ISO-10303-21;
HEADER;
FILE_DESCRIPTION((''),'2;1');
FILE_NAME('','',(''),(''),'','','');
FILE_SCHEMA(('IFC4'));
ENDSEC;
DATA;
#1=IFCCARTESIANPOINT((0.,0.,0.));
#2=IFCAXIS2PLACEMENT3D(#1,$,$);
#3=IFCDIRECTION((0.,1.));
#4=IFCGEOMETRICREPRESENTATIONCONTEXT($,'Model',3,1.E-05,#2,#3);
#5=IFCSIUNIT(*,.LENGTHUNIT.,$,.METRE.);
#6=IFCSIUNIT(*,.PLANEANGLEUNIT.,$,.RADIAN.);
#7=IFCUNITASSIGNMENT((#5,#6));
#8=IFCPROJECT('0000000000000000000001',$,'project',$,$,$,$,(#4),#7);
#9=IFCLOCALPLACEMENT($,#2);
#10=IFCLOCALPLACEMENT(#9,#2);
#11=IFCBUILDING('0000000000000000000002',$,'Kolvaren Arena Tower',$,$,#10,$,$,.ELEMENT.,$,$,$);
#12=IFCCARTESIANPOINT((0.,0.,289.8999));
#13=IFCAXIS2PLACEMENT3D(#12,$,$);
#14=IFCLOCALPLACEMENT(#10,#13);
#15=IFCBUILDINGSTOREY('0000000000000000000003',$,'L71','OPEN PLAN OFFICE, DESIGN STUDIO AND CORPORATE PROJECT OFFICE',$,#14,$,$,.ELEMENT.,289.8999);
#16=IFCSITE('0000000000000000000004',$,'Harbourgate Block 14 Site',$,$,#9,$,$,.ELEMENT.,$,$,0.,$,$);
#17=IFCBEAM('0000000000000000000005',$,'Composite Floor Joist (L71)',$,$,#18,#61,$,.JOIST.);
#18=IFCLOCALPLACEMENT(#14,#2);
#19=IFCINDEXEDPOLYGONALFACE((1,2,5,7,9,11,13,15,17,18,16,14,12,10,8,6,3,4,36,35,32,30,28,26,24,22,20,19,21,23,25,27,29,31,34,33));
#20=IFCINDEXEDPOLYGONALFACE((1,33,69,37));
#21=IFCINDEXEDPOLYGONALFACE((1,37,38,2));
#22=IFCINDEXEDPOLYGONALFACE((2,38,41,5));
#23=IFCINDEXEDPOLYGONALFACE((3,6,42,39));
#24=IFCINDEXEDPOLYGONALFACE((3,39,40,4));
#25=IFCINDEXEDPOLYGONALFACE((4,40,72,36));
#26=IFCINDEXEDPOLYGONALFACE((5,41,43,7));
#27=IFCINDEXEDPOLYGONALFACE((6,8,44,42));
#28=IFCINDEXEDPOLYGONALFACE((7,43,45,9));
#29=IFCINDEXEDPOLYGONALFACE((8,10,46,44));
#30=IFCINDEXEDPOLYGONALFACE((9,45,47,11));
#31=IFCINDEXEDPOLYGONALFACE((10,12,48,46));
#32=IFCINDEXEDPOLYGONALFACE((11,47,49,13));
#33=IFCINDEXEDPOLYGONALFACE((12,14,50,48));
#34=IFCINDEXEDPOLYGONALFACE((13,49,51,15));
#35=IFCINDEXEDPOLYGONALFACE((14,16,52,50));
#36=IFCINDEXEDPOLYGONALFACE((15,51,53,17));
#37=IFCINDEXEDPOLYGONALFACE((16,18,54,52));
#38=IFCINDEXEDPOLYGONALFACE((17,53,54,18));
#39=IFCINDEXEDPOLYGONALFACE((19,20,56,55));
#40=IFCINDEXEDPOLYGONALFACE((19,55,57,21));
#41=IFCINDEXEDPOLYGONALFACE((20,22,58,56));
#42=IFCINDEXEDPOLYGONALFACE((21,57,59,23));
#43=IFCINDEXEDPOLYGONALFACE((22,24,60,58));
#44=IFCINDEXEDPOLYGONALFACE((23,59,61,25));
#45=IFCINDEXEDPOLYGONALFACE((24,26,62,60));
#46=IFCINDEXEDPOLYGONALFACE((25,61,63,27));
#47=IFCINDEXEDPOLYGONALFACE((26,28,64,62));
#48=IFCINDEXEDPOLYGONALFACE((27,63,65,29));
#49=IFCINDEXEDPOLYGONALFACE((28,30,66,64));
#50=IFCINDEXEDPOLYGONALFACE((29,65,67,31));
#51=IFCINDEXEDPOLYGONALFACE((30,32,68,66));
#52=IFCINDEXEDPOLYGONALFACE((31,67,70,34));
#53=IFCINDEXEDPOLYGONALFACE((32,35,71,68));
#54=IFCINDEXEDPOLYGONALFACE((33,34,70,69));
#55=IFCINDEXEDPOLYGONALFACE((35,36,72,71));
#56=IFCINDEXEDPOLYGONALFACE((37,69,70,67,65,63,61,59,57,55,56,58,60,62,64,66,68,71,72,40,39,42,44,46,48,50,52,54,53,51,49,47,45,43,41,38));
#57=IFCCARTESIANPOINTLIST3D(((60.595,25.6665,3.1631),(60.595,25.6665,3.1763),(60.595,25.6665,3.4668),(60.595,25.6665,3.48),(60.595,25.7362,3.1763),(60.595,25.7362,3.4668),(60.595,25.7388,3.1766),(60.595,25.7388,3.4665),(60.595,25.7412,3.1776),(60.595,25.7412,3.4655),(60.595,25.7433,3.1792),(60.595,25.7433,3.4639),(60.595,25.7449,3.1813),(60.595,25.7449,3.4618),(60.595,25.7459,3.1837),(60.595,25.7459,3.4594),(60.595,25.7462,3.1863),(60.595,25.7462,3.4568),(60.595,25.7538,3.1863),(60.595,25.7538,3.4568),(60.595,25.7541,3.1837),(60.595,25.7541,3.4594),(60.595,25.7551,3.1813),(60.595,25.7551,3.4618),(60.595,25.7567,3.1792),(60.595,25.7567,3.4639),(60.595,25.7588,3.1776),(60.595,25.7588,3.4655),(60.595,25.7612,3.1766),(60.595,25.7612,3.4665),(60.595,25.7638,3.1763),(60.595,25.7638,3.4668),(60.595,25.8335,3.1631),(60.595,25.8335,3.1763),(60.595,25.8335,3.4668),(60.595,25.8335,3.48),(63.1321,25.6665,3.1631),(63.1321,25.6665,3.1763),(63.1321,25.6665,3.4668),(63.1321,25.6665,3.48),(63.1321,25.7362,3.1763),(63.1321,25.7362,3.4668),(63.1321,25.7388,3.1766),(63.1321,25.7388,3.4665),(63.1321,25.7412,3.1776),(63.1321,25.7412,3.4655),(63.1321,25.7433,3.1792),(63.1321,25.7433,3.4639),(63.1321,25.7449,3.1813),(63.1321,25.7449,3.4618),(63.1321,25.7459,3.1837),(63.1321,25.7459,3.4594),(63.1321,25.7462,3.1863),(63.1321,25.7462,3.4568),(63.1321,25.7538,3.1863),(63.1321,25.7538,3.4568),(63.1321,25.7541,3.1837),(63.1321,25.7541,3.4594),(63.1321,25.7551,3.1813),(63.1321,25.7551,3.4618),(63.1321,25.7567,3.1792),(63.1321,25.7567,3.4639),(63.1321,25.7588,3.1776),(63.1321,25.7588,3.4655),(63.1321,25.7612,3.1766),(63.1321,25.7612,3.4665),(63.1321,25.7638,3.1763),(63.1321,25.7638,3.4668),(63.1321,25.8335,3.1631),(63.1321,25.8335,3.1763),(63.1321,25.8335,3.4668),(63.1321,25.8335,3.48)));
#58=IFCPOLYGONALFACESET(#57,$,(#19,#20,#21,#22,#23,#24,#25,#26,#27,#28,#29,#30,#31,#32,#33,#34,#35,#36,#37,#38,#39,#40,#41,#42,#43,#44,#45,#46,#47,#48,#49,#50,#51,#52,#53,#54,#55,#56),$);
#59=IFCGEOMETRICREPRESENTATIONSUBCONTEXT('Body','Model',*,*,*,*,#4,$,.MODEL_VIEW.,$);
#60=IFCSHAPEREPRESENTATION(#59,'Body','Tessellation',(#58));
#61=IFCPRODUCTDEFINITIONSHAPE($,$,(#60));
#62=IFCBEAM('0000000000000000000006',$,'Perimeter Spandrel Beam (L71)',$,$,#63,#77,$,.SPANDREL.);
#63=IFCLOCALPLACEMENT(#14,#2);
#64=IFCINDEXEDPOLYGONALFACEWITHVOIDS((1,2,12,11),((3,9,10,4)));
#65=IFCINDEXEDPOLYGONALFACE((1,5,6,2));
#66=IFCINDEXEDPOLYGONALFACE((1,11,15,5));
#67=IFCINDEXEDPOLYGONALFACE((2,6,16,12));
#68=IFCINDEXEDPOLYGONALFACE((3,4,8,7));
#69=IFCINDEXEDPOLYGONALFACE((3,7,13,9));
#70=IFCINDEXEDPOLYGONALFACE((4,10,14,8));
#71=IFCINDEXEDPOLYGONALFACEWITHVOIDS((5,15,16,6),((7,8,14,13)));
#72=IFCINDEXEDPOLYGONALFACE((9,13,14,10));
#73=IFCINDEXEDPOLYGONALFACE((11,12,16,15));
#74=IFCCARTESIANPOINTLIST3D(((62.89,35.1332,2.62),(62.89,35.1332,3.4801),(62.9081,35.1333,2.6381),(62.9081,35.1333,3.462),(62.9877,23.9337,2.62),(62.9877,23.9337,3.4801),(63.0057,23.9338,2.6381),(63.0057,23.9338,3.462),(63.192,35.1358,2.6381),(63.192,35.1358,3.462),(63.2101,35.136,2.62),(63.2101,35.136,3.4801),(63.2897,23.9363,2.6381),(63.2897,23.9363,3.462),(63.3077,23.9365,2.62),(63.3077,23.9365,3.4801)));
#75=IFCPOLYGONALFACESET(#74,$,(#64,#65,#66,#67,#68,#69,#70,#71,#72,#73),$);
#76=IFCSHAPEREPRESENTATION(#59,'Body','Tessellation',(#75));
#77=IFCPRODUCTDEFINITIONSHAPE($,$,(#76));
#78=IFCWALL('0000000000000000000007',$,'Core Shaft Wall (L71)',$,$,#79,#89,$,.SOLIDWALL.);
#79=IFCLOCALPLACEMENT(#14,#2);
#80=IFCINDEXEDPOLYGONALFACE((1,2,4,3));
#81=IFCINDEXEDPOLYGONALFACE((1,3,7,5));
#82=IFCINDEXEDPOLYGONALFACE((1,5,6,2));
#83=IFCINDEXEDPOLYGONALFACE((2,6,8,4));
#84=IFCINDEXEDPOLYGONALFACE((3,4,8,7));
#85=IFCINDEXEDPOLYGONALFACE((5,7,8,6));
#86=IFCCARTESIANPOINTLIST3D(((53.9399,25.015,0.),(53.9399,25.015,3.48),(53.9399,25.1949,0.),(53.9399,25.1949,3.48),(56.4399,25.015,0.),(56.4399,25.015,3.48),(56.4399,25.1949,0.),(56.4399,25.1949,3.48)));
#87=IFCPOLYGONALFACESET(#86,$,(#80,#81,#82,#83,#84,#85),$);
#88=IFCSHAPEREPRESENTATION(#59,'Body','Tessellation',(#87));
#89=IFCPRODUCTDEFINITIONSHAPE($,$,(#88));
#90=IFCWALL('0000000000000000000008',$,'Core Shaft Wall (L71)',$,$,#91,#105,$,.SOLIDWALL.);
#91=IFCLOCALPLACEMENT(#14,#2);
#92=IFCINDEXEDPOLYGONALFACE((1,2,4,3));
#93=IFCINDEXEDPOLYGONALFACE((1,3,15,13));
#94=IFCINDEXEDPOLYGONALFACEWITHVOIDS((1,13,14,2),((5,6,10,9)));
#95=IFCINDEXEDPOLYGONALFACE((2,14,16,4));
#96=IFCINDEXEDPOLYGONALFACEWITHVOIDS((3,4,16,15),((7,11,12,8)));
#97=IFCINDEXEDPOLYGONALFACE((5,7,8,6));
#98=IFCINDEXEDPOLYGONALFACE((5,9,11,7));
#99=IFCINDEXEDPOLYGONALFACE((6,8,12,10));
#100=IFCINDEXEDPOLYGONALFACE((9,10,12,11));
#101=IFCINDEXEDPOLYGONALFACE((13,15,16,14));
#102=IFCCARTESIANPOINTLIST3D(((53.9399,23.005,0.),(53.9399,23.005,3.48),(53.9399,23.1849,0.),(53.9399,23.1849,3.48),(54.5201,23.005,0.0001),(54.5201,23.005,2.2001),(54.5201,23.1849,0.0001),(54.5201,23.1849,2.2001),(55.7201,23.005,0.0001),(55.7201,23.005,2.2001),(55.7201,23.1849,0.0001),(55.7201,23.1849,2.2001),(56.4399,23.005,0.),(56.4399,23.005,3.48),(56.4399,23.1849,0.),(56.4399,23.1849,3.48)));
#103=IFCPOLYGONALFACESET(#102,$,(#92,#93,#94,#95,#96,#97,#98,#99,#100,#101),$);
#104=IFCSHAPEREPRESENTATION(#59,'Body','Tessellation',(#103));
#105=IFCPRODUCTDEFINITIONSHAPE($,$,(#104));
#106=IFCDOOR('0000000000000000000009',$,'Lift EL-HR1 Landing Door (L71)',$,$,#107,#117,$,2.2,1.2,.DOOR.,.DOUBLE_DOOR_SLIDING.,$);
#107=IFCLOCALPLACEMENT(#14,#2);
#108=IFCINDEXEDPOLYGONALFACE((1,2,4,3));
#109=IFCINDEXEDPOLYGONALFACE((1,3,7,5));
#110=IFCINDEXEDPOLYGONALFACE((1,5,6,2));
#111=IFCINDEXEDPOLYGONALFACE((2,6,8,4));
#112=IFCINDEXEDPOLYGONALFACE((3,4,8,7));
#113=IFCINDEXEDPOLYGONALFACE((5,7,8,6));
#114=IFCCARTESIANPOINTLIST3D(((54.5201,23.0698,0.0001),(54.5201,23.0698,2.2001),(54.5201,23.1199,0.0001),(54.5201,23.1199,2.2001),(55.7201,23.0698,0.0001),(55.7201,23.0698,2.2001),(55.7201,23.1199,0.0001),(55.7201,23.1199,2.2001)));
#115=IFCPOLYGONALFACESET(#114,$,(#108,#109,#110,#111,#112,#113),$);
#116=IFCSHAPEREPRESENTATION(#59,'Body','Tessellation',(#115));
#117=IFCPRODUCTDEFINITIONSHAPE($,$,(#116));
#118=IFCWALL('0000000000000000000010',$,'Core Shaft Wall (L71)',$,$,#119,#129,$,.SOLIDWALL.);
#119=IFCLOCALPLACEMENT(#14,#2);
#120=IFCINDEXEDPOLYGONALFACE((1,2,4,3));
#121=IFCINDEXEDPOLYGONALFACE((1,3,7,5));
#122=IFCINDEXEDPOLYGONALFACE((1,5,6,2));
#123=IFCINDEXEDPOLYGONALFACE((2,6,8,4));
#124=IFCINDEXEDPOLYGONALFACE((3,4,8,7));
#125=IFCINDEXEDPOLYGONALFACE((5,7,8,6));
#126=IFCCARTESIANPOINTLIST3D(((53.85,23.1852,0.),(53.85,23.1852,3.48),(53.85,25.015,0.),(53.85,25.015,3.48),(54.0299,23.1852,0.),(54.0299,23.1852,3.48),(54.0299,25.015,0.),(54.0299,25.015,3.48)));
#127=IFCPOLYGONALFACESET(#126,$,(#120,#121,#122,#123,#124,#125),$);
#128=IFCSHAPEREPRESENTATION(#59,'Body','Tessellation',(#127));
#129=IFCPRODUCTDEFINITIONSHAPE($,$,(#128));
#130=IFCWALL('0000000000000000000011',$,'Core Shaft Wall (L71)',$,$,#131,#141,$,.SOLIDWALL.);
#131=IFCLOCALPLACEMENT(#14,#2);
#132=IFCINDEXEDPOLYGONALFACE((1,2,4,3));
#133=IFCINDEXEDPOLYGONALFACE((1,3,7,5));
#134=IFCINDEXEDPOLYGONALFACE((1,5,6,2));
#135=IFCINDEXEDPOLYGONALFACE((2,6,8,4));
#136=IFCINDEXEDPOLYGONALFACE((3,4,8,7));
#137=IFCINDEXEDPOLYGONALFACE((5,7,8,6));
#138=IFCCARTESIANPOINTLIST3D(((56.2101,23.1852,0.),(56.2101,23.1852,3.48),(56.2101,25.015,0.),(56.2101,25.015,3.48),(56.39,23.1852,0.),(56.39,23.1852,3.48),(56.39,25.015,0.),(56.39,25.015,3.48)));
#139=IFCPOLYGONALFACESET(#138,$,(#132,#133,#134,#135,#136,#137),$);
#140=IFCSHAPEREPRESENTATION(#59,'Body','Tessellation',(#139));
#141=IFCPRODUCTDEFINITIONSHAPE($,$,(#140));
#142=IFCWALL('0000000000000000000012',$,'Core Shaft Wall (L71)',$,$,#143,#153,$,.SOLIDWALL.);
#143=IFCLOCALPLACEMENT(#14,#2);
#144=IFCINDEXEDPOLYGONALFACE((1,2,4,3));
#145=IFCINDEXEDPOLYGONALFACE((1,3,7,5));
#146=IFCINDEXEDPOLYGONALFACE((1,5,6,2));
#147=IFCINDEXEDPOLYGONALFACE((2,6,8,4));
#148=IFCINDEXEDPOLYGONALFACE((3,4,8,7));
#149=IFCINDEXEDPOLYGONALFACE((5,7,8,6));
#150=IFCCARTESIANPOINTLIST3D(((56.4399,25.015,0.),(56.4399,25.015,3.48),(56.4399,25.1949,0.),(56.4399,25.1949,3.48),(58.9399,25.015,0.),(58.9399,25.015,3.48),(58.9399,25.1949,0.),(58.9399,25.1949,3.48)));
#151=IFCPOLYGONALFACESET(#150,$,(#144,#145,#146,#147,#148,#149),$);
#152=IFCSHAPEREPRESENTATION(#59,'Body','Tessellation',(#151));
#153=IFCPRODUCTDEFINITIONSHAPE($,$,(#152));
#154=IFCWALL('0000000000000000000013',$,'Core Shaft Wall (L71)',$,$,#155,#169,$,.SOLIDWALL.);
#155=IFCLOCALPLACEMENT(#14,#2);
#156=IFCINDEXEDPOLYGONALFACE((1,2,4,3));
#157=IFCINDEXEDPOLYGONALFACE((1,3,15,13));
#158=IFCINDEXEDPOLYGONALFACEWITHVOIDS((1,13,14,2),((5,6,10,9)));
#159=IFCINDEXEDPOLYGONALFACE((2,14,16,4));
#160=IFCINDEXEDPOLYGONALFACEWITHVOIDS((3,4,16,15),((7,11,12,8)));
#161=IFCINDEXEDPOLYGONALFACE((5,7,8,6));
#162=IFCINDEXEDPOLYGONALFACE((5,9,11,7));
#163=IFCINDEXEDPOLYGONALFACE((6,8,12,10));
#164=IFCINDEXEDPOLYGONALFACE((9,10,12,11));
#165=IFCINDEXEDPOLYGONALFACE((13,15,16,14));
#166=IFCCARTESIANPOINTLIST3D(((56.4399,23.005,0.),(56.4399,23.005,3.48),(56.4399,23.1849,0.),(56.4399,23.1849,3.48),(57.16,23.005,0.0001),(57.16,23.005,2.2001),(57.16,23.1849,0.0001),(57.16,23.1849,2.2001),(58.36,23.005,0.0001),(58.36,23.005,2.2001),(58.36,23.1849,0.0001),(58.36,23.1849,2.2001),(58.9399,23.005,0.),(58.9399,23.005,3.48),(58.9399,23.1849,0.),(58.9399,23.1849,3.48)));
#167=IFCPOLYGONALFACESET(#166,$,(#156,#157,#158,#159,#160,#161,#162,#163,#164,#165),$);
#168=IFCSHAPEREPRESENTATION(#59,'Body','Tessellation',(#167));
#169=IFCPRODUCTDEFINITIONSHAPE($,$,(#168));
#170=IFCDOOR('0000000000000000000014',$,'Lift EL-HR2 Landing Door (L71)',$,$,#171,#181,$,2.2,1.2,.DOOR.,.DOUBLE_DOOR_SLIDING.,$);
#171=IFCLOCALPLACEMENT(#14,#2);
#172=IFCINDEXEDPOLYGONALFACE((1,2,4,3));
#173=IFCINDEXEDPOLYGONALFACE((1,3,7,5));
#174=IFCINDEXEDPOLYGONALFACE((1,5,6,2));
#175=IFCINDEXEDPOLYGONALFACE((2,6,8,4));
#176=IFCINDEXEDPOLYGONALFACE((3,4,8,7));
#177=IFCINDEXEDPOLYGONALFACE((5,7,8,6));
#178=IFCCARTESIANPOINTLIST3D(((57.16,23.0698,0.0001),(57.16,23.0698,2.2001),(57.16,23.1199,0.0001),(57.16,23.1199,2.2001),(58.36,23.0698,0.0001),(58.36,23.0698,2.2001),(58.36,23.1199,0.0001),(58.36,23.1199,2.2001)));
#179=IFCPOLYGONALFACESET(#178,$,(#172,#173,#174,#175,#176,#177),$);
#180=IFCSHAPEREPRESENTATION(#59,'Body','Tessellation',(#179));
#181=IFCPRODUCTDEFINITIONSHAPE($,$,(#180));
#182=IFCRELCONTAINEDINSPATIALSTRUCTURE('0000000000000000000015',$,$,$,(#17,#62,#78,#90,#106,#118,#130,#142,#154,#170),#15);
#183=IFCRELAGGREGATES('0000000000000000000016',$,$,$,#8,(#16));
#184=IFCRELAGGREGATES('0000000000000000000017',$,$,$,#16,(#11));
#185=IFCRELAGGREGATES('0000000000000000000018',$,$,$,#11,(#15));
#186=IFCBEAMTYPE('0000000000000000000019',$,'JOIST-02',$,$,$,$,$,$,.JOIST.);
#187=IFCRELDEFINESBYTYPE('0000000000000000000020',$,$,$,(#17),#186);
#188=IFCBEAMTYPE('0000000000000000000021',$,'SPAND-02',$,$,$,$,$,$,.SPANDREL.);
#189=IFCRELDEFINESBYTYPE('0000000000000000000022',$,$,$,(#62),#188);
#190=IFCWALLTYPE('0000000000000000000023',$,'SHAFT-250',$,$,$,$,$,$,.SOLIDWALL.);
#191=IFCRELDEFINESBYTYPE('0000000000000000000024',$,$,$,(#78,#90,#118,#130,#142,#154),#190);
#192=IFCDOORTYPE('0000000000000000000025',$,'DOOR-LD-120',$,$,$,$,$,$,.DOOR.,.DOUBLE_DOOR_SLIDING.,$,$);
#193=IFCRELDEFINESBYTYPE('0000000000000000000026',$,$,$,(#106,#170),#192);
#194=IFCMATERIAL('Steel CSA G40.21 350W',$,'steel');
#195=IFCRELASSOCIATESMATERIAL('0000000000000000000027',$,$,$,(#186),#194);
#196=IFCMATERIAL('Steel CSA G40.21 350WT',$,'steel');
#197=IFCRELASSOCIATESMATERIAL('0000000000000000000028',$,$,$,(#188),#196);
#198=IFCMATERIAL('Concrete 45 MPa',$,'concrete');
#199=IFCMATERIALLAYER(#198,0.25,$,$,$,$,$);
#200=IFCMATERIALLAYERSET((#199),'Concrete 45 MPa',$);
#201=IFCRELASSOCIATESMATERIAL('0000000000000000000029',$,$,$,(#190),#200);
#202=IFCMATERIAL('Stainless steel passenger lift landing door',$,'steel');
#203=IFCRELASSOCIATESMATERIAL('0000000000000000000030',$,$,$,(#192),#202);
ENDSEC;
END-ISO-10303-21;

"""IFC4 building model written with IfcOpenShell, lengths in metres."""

from ifc_helpers import new_model, si_unit, direction, frame, frame_2d, origin, origin_2d, place, context, subcontext, project, spatial, rectangle, hollow_rectangle, i_section, extrude, material, layer, layer_set, material_profile, profile_set, type_object, element, fill, save


model = new_model("IFC4")

# Units and contexts
model_context = context("Model", 3, precision=1e-05, world=origin(), true_north=direction((0.0, 1.0)))
body_context = subcontext(model_context, "Body", "Model", "MODEL_VIEW")
ifc_project = project(units=[si_unit("LENGTHUNIT", "METRE"), si_unit("PLANEANGLEUNIT", "RADIAN")], contexts=[model_context])

# Site, building, storey
site_placement = place(None, origin())
site = spatial("IfcSite", under=ifc_project, at=site_placement, Name="Harbourgate Block 14 Site", CompositionType="ELEMENT", RefElevation=0.0)
building_placement = place(site_placement, origin())
building = spatial("IfcBuilding", under=site, at=building_placement, Name="Kolvaren Arena Tower", CompositionType="ELEMENT")
storey_placement = place(building_placement, frame((0.0, 0.0, 289.8999)))
storey = spatial("IfcBuildingStorey", under=building, at=storey_placement, Name="L71", Description="OPEN PLAN OFFICE, DESIGN STUDIO AND CORPORATE PROJECT OFFICE", CompositionType="ELEMENT", Elevation=289.8999)

# Beams
ifc_material_1 = material(Name="Steel CSA G40.21 350W", Category="steel")
ifc_material_profile_1 = material_profile(ifc_material_1, i_section(OverallWidth=0.167, OverallDepth=0.3169, WebThickness=0.0076, FlangeThickness=0.0132, FilletRadius=0.01, at=origin_2d()), Name="W310x52")
ifc_profile_set_1 = profile_set([ifc_material_profile_1], Name="Steel CSA G40.21 350W")
beam_type_1 = type_object("IfcBeamType", Name="JOIST-02", PredefinedType="JOIST", material=ifc_profile_set_1)
beam_1_placement = place(storey_placement, frame((60.595, 25.75, 3.3215), z_axis=(1.0, 0.0, 0.0), x_axis=(0.0, 1.0, 0.0)))
element("IfcBeam", 1, at=beam_1_placement, inside=storey, type_object=beam_type_1, Name="Composite Floor Joist (L71)", PredefinedType="JOIST", context=body_context, shape_type="SweptSolid", body=[
    extrude(i_section(OverallWidth=0.167, OverallDepth=0.3169, WebThickness=0.0076, FlangeThickness=0.0132, FilletRadius=0.01, at=origin_2d()), origin(), (0.0, 0.0, 1.0), 2.5371),
])
ifc_material_2 = material(Name="Steel CSA G40.21 350WT", Category="steel")
ifc_material_profile_2 = material_profile(ifc_material_2, hollow_rectangle(XDim=0.3201, YDim=0.8601, WallThickness=0.0181, at=origin_2d()), Name="HSS 860x320x18")
ifc_profile_set_2 = profile_set([ifc_material_profile_2], Name="Steel CSA G40.21 350WT")
beam_type_2 = type_object("IfcBeamType", Name="SPAND-02", PredefinedType="SPANDREL", material=ifc_profile_set_2)
beam_2_placement = place(storey_placement, frame((63.1477, 23.9351, 3.05), z_axis=(-0.008719, 0.999962, 0.0), x_axis=(-0.999962, -0.008719, 0.0)))
element("IfcBeam", 2, at=beam_2_placement, inside=storey, type_object=beam_type_2, Name="Perimeter Spandrel Beam (L71)", PredefinedType="SPANDREL", context=body_context, shape_type="SweptSolid", body=[
    extrude(hollow_rectangle(XDim=0.3201, YDim=0.8601, WallThickness=0.0181, at=origin_2d()), origin(), (0.0, 0.0, 1.0), 11.2),
])

# Wall
ifc_material_3 = material(Name="Concrete 45 MPa", Category="concrete")
ifc_layer = layer(ifc_material_3, 0.25)
ifc_layer_set = layer_set([ifc_layer], Name="Concrete 45 MPa")
wall_type = type_object("IfcWallType", Name="SHAFT-250", PredefinedType="SOLIDWALL", material=ifc_layer_set)
wall_1_placement = place(storey_placement, frame((53.9399, 25.105, 0.0), z_axis=(0.0, 0.0, 1.0), x_axis=(1.0, 0.0, 0.0)))
element("IfcWall", 3, at=wall_1_placement, inside=storey, type_object=wall_type, Name="Core Shaft Wall (L71)", PredefinedType="SOLIDWALL", context=body_context, shape_type="SweptSolid", body=[
    extrude(rectangle(XDim=2.5, YDim=0.1799, at=frame_2d((1.25, 0.0))), origin(), (0.0, 0.0, 1.0), 3.48),
])

# Wall, opening, door
wall_2_placement = place(storey_placement, frame((53.9399, 23.095, 0.0), z_axis=(0.0, 0.0, 1.0), x_axis=(1.0, 0.0, 0.0)))
wall_2 = element("IfcWall", 4, at=wall_2_placement, inside=storey, type_object=wall_type, Name="Core Shaft Wall (L71)", PredefinedType="SOLIDWALL", context=body_context, shape_type="SweptSolid", body=[
    extrude(rectangle(XDim=2.5, YDim=0.1799, at=frame_2d((1.25, 0.0))), origin(), (0.0, 0.0, 1.0), 3.48),
])
opening_1_placement = place(wall_2_placement, frame((0.5801, 0.0, 0.0)))
opening_1 = element("IfcOpeningElement", 5, at=opening_1_placement, cuts=wall_2, PredefinedType="OPENING", context=body_context, shape_type="SweptSolid", body=[
    extrude(rectangle(XDim=1.2, YDim=2.2, at=frame_2d((0.6001, 1.1001))), frame((0.0, 0.0999, 0.0), z_axis=(0.0, -1.0, 0.0), x_axis=(1.0, 0.0, 0.0)), (0.0, 0.0, 1.0), 0.2),
])
ifc_material_4 = material(Name="Stainless steel passenger lift landing door", Category="steel")
door_type = type_object("IfcDoorType", Name="DOOR-LD-120", OperationType="DOUBLE_DOOR_SLIDING", PredefinedType="DOOR", material=ifc_material_4)
door_1_placement = place(opening_1_placement, origin())
door_1 = element("IfcDoor", 6, at=door_1_placement, inside=storey, type_object=door_type, Name="Lift EL-HR1 Landing Door (L71)", OperationType="DOUBLE_DOOR_SLIDING", OverallHeight=2.2, OverallWidth=1.2, PredefinedType="DOOR", context=body_context, shape_type="SweptSolid", body=[
    extrude(rectangle(XDim=1.2, YDim=2.2, at=frame_2d((0.6001, 1.1001))), frame((0.0, 0.0249, 0.0), z_axis=(0.0, -1.0, 0.0), x_axis=(1.0, 0.0, 0.0)), (0.0, 0.0, 1.0), 0.05),
])
fill(opening_1, door_1)

# Walls
for number, where, z_axis, x_axis, name in (
    (7, (53.9399, 23.1851, 0.0), (0.0, 0.0, 1.0), (0.0, 1.0, 0.0), "Core Shaft Wall (L71)"),
    (8, (56.3, 23.1851, 0.0), (0.0, 0.0, 1.0), (0.0, 1.0, 0.0), "Core Shaft Wall (L71)"),
):
    element("IfcWall", number, at=place(storey_placement, frame(where, z_axis=z_axis, x_axis=x_axis)), inside=storey, type_object=wall_type, Name=name, PredefinedType="SOLIDWALL", context=body_context, shape_type="SweptSolid", body=[
        extrude(rectangle(XDim=1.8298, YDim=0.1799, at=frame_2d((0.915, 0.0))), origin(), (0.0, 0.0, 1.0), 3.48),
    ])
wall_3_placement = place(storey_placement, frame((56.4399, 25.105, 0.0), z_axis=(0.0, 0.0, 1.0), x_axis=(1.0, 0.0, 0.0)))
element("IfcWall", 9, at=wall_3_placement, inside=storey, type_object=wall_type, Name="Core Shaft Wall (L71)", PredefinedType="SOLIDWALL", context=body_context, shape_type="SweptSolid", body=[
    extrude(rectangle(XDim=2.5, YDim=0.1799, at=frame_2d((1.25, 0.0))), origin(), (0.0, 0.0, 1.0), 3.48),
])

# Wall, opening, door
wall_4_placement = place(storey_placement, frame((56.4399, 23.095, 0.0), z_axis=(0.0, 0.0, 1.0), x_axis=(1.0, 0.0, 0.0)))
wall_4 = element("IfcWall", 10, at=wall_4_placement, inside=storey, type_object=wall_type, Name="Core Shaft Wall (L71)", PredefinedType="SOLIDWALL", context=body_context, shape_type="SweptSolid", body=[
    extrude(rectangle(XDim=2.5, YDim=0.1799, at=frame_2d((1.25, 0.0))), origin(), (0.0, 0.0, 1.0), 3.48),
])
opening_2_placement = place(wall_4_placement, frame((0.72, 0.0, 0.0)))
opening_2 = element("IfcOpeningElement", 11, at=opening_2_placement, cuts=wall_4, PredefinedType="OPENING", context=body_context, shape_type="SweptSolid", body=[
    extrude(rectangle(XDim=1.2, YDim=2.2, at=frame_2d((0.6001, 1.1001))), frame((0.0, 0.0999, 0.0), z_axis=(0.0, -1.0, 0.0), x_axis=(1.0, 0.0, 0.0)), (0.0, 0.0, 1.0), 0.2),
])
door_2_placement = place(opening_2_placement, origin())
door_2 = element("IfcDoor", 12, at=door_2_placement, inside=storey, type_object=door_type, Name="Lift EL-HR2 Landing Door (L71)", OperationType="DOUBLE_DOOR_SLIDING", OverallHeight=2.2, OverallWidth=1.2, PredefinedType="DOOR", context=body_context, shape_type="SweptSolid", body=[
    extrude(rectangle(XDim=1.2, YDim=2.2, at=frame_2d((0.6001, 1.1001))), frame((0.0, 0.0249, 0.0), z_axis=(0.0, -1.0, 0.0), x_axis=(1.0, 0.0, 0.0)), (0.0, 0.0, 1.0), 0.05),
])
fill(opening_2, door_2)

save(model, "model.ifc")
